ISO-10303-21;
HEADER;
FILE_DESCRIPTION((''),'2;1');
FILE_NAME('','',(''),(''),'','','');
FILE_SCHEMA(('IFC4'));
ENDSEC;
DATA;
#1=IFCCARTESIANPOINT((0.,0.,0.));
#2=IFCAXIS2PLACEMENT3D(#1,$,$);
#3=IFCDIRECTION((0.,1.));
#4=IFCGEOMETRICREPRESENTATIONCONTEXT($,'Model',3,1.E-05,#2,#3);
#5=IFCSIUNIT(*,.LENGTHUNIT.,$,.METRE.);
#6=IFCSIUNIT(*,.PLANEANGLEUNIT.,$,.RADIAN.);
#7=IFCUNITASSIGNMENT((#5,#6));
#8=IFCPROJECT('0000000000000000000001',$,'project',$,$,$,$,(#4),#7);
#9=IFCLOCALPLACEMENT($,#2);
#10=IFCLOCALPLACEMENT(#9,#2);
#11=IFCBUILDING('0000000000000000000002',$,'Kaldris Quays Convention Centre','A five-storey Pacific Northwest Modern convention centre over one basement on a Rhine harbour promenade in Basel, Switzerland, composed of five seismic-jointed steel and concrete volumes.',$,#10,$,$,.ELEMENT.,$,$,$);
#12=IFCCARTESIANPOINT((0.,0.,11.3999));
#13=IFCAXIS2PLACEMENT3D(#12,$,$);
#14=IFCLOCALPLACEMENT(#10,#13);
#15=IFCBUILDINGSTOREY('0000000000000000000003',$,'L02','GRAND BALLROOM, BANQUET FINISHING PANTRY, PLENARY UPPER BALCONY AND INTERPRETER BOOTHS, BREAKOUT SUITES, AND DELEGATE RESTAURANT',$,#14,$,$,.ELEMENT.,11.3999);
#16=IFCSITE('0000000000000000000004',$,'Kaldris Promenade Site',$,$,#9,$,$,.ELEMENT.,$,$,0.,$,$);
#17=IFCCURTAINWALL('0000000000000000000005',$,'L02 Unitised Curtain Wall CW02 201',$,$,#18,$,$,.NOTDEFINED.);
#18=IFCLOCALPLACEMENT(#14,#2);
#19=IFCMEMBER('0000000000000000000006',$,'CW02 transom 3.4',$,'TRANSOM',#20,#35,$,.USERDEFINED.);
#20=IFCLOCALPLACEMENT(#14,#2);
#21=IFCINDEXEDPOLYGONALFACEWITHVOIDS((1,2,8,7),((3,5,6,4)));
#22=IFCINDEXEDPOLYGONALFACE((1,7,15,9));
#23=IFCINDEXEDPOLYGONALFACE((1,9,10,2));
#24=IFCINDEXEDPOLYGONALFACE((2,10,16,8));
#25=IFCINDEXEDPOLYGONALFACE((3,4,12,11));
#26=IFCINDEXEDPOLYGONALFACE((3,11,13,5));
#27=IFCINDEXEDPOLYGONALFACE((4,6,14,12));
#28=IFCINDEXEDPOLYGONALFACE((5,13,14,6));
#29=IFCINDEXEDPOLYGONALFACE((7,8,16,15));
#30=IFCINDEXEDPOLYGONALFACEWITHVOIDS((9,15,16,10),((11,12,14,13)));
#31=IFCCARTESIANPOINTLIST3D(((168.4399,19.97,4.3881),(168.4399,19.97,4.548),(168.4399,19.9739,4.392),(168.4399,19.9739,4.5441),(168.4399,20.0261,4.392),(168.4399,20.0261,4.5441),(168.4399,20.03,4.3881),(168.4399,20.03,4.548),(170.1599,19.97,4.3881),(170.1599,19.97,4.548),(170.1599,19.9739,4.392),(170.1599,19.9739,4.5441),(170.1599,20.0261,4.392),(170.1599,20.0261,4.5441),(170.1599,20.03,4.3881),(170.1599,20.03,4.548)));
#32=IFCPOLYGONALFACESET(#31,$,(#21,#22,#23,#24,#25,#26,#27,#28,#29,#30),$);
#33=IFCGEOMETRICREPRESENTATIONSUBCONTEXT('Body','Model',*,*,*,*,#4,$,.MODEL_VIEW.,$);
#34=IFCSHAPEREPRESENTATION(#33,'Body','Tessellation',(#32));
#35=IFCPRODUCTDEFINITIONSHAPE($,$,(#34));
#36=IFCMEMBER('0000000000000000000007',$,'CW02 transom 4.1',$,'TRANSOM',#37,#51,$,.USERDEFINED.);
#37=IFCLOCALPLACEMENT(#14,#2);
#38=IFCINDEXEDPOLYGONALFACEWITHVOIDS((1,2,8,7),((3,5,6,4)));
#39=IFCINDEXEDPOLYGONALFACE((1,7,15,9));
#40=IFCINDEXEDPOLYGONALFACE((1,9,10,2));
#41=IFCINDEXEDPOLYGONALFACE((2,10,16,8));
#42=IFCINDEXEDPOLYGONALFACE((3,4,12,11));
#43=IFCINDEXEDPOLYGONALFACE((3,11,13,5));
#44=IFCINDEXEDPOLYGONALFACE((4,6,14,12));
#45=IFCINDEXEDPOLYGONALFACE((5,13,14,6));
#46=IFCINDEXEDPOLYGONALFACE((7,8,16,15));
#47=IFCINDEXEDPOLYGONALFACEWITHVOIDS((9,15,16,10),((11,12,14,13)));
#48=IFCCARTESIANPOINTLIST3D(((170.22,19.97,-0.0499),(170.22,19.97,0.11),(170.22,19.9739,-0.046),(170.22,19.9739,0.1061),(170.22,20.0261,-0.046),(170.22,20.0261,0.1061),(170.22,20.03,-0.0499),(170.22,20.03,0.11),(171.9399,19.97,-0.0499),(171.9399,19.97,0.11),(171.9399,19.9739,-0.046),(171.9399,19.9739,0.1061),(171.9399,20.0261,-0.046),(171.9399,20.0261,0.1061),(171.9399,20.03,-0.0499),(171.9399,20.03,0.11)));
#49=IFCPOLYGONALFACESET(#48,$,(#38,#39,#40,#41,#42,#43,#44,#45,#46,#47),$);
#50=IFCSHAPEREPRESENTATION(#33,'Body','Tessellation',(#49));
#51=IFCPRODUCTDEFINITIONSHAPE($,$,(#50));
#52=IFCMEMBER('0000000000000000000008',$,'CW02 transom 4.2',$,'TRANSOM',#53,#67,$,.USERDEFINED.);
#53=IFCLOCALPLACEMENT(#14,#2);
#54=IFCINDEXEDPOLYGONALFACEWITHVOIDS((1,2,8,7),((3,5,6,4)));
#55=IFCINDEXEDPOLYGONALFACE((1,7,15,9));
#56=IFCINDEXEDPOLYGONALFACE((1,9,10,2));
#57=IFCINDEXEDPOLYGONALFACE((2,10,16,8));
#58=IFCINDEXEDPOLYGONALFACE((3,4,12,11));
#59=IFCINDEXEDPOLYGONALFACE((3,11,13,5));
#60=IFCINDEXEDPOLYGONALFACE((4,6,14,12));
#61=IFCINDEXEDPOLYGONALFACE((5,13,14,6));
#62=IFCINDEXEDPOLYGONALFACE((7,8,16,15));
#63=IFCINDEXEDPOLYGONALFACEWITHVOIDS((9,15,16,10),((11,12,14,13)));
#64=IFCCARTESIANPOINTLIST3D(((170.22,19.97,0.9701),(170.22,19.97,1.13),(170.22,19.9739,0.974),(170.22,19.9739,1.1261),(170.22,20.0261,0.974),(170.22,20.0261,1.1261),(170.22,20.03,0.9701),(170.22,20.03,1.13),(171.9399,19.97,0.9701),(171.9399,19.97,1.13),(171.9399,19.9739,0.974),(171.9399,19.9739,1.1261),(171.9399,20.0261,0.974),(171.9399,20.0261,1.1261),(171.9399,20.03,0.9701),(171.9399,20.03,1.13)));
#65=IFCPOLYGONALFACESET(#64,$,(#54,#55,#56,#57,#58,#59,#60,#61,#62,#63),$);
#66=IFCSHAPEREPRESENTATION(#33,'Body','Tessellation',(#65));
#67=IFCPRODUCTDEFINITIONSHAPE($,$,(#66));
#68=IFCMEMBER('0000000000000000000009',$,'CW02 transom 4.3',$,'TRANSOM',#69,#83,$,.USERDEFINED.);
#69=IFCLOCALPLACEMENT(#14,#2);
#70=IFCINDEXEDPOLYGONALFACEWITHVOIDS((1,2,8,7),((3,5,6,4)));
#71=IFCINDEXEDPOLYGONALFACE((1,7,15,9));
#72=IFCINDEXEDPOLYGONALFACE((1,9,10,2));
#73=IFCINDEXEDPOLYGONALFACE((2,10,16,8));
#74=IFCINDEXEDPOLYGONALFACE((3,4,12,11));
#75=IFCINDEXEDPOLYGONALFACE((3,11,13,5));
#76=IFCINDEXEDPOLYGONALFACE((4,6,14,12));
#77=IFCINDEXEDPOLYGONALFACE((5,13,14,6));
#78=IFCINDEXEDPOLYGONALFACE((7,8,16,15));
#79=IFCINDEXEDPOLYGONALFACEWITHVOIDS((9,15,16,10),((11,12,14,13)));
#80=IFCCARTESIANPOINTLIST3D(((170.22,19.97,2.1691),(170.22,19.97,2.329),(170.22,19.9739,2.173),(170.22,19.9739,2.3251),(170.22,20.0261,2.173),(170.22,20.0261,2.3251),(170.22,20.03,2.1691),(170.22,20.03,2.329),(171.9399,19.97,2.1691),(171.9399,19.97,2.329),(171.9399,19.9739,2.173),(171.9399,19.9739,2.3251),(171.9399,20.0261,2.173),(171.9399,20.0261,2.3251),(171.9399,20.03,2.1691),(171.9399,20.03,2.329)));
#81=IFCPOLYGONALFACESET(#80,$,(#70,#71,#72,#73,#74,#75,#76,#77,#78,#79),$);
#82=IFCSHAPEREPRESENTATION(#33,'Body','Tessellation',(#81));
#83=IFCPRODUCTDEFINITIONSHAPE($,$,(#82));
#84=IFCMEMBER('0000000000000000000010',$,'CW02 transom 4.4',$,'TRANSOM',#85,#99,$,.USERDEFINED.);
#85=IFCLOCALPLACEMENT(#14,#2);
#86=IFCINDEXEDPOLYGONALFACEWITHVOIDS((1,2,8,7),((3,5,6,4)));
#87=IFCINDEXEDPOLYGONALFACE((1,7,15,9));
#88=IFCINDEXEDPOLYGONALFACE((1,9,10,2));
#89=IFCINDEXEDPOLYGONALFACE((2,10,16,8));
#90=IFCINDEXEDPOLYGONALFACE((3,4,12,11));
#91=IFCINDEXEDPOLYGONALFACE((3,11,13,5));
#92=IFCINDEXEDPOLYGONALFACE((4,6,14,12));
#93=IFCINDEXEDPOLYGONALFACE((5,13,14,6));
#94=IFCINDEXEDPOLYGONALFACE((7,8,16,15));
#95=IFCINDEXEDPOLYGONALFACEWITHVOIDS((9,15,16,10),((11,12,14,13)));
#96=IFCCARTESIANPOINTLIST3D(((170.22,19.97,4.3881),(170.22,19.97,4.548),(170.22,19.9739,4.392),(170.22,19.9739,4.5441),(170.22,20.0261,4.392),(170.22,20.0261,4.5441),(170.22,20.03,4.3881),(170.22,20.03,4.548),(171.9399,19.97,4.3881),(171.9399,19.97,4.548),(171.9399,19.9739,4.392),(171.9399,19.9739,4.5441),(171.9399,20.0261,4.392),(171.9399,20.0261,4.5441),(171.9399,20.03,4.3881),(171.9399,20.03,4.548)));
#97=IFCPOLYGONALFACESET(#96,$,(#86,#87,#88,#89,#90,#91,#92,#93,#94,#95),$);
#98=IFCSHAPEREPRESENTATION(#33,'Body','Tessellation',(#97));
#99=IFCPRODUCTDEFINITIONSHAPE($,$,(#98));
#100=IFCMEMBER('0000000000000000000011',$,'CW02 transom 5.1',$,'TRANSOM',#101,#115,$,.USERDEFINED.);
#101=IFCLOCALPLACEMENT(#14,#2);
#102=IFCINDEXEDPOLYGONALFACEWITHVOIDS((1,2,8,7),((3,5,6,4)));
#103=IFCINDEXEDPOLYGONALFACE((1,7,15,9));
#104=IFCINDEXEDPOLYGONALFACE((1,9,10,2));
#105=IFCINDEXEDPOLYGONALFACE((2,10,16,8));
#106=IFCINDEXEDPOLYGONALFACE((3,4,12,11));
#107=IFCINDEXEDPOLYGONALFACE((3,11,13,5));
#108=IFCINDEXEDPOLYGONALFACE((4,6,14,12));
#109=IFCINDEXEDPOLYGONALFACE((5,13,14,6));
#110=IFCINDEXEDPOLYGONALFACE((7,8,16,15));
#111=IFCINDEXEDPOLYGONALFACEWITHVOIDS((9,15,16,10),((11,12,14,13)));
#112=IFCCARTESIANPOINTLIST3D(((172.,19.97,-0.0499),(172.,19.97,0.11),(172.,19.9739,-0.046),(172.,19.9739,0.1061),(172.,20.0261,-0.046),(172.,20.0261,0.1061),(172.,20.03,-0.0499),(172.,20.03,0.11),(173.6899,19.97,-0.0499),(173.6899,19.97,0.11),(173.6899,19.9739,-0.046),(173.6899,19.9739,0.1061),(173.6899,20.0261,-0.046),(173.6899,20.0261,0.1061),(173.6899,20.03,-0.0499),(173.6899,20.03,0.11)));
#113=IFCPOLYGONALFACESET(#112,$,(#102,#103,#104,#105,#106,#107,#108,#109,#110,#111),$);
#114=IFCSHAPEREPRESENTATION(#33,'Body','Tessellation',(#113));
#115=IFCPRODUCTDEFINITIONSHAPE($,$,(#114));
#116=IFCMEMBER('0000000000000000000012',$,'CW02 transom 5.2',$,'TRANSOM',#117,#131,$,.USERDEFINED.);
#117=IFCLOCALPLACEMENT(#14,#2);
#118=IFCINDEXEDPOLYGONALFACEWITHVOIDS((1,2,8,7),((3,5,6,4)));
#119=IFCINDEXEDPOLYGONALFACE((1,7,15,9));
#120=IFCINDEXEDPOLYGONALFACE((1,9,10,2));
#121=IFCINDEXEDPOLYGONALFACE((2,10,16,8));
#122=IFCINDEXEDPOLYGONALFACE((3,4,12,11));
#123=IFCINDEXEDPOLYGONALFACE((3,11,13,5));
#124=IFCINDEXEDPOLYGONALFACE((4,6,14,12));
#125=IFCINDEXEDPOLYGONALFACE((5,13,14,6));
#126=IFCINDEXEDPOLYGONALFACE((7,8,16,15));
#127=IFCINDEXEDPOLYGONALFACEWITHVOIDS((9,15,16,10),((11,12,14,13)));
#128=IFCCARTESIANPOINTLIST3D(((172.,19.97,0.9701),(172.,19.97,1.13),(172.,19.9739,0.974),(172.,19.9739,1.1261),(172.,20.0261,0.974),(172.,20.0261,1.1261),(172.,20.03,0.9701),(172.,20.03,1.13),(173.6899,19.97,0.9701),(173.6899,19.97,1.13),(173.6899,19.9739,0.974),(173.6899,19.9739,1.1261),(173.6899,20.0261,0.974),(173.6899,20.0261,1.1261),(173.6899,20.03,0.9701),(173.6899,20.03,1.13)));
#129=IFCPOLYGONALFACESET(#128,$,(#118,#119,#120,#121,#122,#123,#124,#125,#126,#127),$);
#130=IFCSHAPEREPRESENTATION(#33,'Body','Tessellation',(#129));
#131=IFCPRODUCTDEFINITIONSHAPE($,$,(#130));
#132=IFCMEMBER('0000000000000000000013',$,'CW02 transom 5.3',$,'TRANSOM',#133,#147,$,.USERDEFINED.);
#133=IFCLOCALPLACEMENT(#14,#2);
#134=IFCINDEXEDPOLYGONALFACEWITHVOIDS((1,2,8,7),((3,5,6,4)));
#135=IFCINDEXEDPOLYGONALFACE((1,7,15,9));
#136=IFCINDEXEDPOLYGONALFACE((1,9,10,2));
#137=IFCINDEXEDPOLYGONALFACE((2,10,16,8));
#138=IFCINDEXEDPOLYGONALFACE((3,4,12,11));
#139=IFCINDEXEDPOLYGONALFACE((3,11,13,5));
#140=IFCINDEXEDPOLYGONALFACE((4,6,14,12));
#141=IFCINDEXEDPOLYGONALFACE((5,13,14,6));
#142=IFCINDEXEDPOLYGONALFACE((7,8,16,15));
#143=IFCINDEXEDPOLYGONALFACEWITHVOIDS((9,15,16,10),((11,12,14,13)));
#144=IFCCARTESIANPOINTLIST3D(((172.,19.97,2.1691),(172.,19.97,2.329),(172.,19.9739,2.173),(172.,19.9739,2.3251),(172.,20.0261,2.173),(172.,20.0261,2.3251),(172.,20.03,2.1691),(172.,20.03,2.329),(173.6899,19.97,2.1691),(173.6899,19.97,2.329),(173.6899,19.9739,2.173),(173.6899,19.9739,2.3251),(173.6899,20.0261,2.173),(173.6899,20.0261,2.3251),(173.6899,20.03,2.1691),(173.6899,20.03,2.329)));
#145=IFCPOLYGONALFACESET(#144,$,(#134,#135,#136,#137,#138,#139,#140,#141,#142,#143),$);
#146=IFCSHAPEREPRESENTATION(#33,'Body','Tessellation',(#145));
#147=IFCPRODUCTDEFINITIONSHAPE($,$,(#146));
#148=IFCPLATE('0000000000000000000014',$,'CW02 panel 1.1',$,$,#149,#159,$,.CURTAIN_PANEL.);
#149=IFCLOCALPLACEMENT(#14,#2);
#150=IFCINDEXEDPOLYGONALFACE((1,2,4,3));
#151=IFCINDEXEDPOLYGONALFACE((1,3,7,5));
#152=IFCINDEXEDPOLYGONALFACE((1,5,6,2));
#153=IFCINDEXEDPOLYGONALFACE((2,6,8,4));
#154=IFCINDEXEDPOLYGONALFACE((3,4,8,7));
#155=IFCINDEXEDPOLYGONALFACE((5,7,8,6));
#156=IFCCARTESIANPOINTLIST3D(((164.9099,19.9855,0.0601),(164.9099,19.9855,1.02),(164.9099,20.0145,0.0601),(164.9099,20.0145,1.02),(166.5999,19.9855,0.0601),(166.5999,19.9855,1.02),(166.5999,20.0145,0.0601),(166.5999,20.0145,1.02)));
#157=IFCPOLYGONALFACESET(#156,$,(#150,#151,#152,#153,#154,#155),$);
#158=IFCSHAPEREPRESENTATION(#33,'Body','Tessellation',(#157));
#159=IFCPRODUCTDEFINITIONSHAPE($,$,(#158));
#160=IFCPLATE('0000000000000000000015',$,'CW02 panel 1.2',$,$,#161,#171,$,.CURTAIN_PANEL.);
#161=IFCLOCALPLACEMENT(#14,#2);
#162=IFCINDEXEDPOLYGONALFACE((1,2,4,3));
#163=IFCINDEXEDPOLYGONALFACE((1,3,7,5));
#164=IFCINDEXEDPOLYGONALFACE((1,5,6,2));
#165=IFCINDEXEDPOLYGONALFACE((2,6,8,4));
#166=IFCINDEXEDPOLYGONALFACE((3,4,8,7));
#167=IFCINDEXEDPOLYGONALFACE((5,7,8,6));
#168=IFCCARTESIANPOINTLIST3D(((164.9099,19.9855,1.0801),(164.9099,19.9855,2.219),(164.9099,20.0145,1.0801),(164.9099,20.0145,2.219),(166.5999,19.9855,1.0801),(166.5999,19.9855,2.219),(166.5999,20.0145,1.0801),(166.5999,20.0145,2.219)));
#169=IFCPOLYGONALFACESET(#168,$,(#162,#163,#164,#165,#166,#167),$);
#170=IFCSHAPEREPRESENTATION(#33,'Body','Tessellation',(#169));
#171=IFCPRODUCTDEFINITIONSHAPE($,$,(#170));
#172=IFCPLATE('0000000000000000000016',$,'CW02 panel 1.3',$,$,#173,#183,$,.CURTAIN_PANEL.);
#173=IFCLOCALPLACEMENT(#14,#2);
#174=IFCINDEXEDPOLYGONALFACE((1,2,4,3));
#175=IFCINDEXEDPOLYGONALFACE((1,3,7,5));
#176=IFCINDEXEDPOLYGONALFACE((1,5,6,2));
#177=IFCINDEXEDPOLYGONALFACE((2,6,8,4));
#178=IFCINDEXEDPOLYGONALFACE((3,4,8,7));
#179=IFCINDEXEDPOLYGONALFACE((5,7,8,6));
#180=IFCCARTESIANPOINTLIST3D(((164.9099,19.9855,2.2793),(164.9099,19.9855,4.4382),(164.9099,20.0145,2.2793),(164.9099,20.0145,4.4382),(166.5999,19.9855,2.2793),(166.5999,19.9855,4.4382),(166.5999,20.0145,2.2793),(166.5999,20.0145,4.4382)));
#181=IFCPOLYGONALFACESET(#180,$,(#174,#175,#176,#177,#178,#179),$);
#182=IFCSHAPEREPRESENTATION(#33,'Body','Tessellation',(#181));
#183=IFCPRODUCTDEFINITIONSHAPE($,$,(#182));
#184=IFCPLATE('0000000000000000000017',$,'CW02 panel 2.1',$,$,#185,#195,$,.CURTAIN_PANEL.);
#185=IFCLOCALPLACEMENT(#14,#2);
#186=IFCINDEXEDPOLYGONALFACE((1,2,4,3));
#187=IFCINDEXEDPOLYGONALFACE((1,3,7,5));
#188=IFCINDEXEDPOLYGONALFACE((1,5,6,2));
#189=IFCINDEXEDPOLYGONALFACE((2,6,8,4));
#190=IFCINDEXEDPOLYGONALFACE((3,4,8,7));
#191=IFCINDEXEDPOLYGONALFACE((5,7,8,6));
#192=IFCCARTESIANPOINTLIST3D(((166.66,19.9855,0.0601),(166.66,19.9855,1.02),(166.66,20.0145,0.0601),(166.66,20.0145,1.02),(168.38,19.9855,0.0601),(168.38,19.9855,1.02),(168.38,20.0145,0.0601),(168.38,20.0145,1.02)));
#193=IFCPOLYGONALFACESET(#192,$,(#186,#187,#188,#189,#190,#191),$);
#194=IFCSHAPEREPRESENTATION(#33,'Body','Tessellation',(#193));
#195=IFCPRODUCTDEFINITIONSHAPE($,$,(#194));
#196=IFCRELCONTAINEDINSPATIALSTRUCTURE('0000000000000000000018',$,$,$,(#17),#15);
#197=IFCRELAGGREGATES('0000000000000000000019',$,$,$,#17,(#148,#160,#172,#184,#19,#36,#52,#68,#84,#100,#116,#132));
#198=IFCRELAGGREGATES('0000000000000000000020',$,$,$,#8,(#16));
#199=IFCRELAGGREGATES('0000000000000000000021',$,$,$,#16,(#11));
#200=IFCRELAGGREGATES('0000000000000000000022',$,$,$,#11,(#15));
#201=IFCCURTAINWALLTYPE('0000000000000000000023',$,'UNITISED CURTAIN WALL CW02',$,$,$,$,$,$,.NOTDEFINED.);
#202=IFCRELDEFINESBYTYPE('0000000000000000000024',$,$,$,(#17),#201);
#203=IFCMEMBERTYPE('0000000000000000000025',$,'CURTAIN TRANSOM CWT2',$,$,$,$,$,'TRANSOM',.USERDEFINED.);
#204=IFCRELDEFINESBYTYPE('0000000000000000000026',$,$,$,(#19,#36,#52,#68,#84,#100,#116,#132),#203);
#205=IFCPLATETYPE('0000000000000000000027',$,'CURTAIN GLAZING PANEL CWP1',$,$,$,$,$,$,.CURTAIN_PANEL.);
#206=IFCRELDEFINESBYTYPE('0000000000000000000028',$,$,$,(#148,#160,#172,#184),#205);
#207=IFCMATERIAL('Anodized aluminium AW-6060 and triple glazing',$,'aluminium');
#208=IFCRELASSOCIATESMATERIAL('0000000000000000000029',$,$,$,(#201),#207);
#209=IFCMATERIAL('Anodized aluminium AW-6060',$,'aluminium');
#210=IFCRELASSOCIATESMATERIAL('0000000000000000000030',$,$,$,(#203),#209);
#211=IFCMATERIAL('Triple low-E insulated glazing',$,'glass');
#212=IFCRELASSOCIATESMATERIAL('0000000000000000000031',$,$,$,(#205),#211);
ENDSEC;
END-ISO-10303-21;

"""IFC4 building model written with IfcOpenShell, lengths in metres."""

from ifc_helpers import new_model, si_unit, direction, frame, origin, origin_2d, place, context, subcontext, project, spatial, rectangle, hollow_rectangle, extrude, material, material_profile, profile_set, type_object, element, aggregate, save


model = new_model("IFC4")

# Units and contexts
model_context = context("Model", 3, precision=1e-05, world=origin(), true_north=direction((0.0, 1.0)))
body_context = subcontext(model_context, "Body", "Model", "MODEL_VIEW")
ifc_project = project(units=[si_unit("LENGTHUNIT", "METRE"), si_unit("PLANEANGLEUNIT", "RADIAN")], contexts=[model_context])

# Site, building, storey
site_placement = place(None, origin())
site = spatial("IfcSite", under=ifc_project, at=site_placement, Name="Kaldris Promenade Site", CompositionType="ELEMENT", RefElevation=0.0)
building_placement = place(site_placement, origin())
building = spatial("IfcBuilding", under=site, at=building_placement, Name="Kaldris Quays Convention Centre", Description="A five-storey Pacific Northwest Modern convention centre over one basement on a Rhine harbour promenade in Basel, Switzerland, composed of five seismic-jointed steel and concrete volumes.", CompositionType="ELEMENT")
storey_placement = place(building_placement, frame((0.0, 0.0, 11.3999)))
storey = spatial("IfcBuildingStorey", under=building, at=storey_placement, Name="L02", Description="GRAND BALLROOM, BANQUET FINISHING PANTRY, PLENARY UPPER BALCONY AND INTERPRETER BOOTHS, BREAKOUT SUITES, AND DELEGATE RESTAURANT", CompositionType="ELEMENT", Elevation=11.3999)

# Curtain wall, members, plates
ifc_material_1 = material(Name="Anodized aluminium AW-6060 and triple glazing", Category="aluminium")
curtain_wall_type = type_object("IfcCurtainWallType", Name="UNITISED CURTAIN WALL CW02", PredefinedType="NOTDEFINED", material=ifc_material_1)
curtain_wall_placement = place(storey_placement, origin())
curtain_wall = element("IfcCurtainWall", 1, at=curtain_wall_placement, inside=storey, type_object=curtain_wall_type, Name="L02 Unitised Curtain Wall CW02 201", PredefinedType="NOTDEFINED")
ifc_material_2 = material(Name="Anodized aluminium AW-6060", Category="aluminium")
ifc_material_profile_1 = material_profile(ifc_material_2, hollow_rectangle(XDim=0.0601, YDim=0.1599, WallThickness=0.0039, at=origin_2d()), Name="RHS 160x60x4")
ifc_profile_set_1 = profile_set([ifc_material_profile_1], Name="Anodized aluminium AW-6060")
member_type_1 = type_object("IfcMemberType", Name="CURTAIN TRANSOM CWT2", ElementType="TRANSOM", PredefinedType="USERDEFINED", material=ifc_profile_set_1)
member_1_placement = place(storey_placement, frame((168.4399, 20.0, 4.468), z_axis=(1.0, 0.0, 0.0), x_axis=(0.0, 1.0, 0.0)))
member_1 = element("IfcMember", 2, at=member_1_placement, type_object=member_type_1, Name="CW02 transom 3.4", ObjectType="TRANSOM", PredefinedType="USERDEFINED", context=body_context, shape_type="SweptSolid", body=[
    extrude(hollow_rectangle(XDim=0.0601, YDim=0.1599, WallThickness=0.0039, at=origin_2d()), origin(), (0.0, 0.0, 1.0), 1.72),
])
member_2_placement = place(storey_placement, frame((170.22, 20.0, 0.03), z_axis=(1.0, 0.0, 0.0), x_axis=(0.0, 1.0, 0.0)))
member_2 = element("IfcMember", 3, at=member_2_placement, type_object=member_type_1, Name="CW02 transom 4.1", ObjectType="TRANSOM", PredefinedType="USERDEFINED", context=body_context, shape_type="SweptSolid", body=[
    extrude(hollow_rectangle(XDim=0.0601, YDim=0.1599, WallThickness=0.0039, at=origin_2d()), origin(), (0.0, 0.0, 1.0), 1.72),
])
member_3_placement = place(storey_placement, frame((170.22, 20.0, 1.05), z_axis=(1.0, 0.0, 0.0), x_axis=(0.0, 1.0, 0.0)))
member_3 = element("IfcMember", 4, at=member_3_placement, type_object=member_type_1, Name="CW02 transom 4.2", ObjectType="TRANSOM", PredefinedType="USERDEFINED", context=body_context, shape_type="SweptSolid", body=[
    extrude(hollow_rectangle(XDim=0.0601, YDim=0.1599, WallThickness=0.0039, at=origin_2d()), origin(), (0.0, 0.0, 1.0), 1.72),
])
member_4_placement = place(storey_placement, frame((170.22, 20.0, 2.249), z_axis=(1.0, 0.0, 0.0), x_axis=(0.0, 1.0, 0.0)))
member_4 = element("IfcMember", 5, at=member_4_placement, type_object=member_type_1, Name="CW02 transom 4.3", ObjectType="TRANSOM", PredefinedType="USERDEFINED", context=body_context, shape_type="SweptSolid", body=[
    extrude(hollow_rectangle(XDim=0.0601, YDim=0.1599, WallThickness=0.0039, at=origin_2d()), origin(), (0.0, 0.0, 1.0), 1.72),
])
member_5_placement = place(storey_placement, frame((170.22, 20.0, 4.468), z_axis=(1.0, 0.0, 0.0), x_axis=(0.0, 1.0, 0.0)))
member_5 = element("IfcMember", 6, at=member_5_placement, type_object=member_type_1, Name="CW02 transom 4.4", ObjectType="TRANSOM", PredefinedType="USERDEFINED", context=body_context, shape_type="SweptSolid", body=[
    extrude(hollow_rectangle(XDim=0.0601, YDim=0.1599, WallThickness=0.0039, at=origin_2d()), origin(), (0.0, 0.0, 1.0), 1.72),
])
member_6_placement = place(storey_placement, frame((172.0, 20.0, 0.03), z_axis=(1.0, 0.0, 0.0), x_axis=(0.0, 1.0, 0.0)))
member_6 = element("IfcMember", 7, at=member_6_placement, type_object=member_type_1, Name="CW02 transom 5.1", ObjectType="TRANSOM", PredefinedType="USERDEFINED", context=body_context, shape_type="SweptSolid", body=[
    extrude(hollow_rectangle(XDim=0.0601, YDim=0.1599, WallThickness=0.0039, at=origin_2d()), origin(), (0.0, 0.0, 1.0), 1.6899),
])
member_7_placement = place(storey_placement, frame((172.0, 20.0, 1.05), z_axis=(1.0, 0.0, 0.0), x_axis=(0.0, 1.0, 0.0)))
member_7 = element("IfcMember", 8, at=member_7_placement, type_object=member_type_1, Name="CW02 transom 5.2", ObjectType="TRANSOM", PredefinedType="USERDEFINED", context=body_context, shape_type="SweptSolid", body=[
    extrude(hollow_rectangle(XDim=0.0601, YDim=0.1599, WallThickness=0.0039, at=origin_2d()), origin(), (0.0, 0.0, 1.0), 1.6899),
])
member_8_placement = place(storey_placement, frame((172.0, 20.0, 2.249), z_axis=(1.0, 0.0, 0.0), x_axis=(0.0, 1.0, 0.0)))
member_8 = element("IfcMember", 9, at=member_8_placement, type_object=member_type_1, Name="CW02 transom 5.3", ObjectType="TRANSOM", PredefinedType="USERDEFINED", context=body_context, shape_type="SweptSolid", body=[
    extrude(hollow_rectangle(XDim=0.0601, YDim=0.1599, WallThickness=0.0039, at=origin_2d()), origin(), (0.0, 0.0, 1.0), 1.6899),
])
ifc_material_3 = material(Name="Triple low-E insulated glazing", Category="glass")
plate_type = type_object("IfcPlateType", Name="CURTAIN GLAZING PANEL CWP1", PredefinedType="CURTAIN_PANEL", material=ifc_material_3)
plate_1_placement = place(storey_placement, frame((165.7549, 20.0, 0.0601), z_axis=(0.0, 0.0, 1.0), x_axis=(1.0, 0.0, 0.0)))
plate_1 = element("IfcPlate", 10, at=plate_1_placement, type_object=plate_type, Name="CW02 panel 1.1", PredefinedType="CURTAIN_PANEL", context=body_context, shape_type="SweptSolid", body=[
    extrude(rectangle(XDim=1.6899, YDim=0.0291, at=origin_2d()), origin(), (0.0, 0.0, 1.0), 0.96),
])
plate_2_placement = place(storey_placement, frame((165.7549, 20.0, 1.0801), z_axis=(0.0, 0.0, 1.0), x_axis=(1.0, 0.0, 0.0)))
plate_2 = element("IfcPlate", 11, at=plate_2_placement, type_object=plate_type, Name="CW02 panel 1.2", PredefinedType="CURTAIN_PANEL", context=body_context, shape_type="SweptSolid", body=[
    extrude(rectangle(XDim=1.6899, YDim=0.0291, at=origin_2d()), origin(), (0.0, 0.0, 1.0), 1.1389),
])
plate_3_placement = place(storey_placement, frame((165.7549, 20.0, 2.2793), z_axis=(0.0, 0.0, 1.0), x_axis=(1.0, 0.0, 0.0)))
plate_3 = element("IfcPlate", 12, at=plate_3_placement, type_object=plate_type, Name="CW02 panel 1.3", PredefinedType="CURTAIN_PANEL", context=body_context, shape_type="SweptSolid", body=[
    extrude(rectangle(XDim=1.6899, YDim=0.0291, at=origin_2d()), origin(), (0.0, 0.0, 1.0), 2.1589),
])
plate_4_placement = place(storey_placement, frame((167.52, 20.0, 0.0601), z_axis=(0.0, 0.0, 1.0), x_axis=(1.0, 0.0, 0.0)))
plate_4 = element("IfcPlate", 13, at=plate_4_placement, type_object=plate_type, Name="CW02 panel 2.1", PredefinedType="CURTAIN_PANEL", context=body_context, shape_type="SweptSolid", body=[
    extrude(rectangle(XDim=1.72, YDim=0.0291, at=origin_2d()), origin(), (0.0, 0.0, 1.0), 0.96),
])
aggregate(curtain_wall, [plate_1, plate_2, plate_3, plate_4, member_1, member_2, member_3, member_4, member_5, member_6, member_7, member_8])

save(model, "model.ifc")
